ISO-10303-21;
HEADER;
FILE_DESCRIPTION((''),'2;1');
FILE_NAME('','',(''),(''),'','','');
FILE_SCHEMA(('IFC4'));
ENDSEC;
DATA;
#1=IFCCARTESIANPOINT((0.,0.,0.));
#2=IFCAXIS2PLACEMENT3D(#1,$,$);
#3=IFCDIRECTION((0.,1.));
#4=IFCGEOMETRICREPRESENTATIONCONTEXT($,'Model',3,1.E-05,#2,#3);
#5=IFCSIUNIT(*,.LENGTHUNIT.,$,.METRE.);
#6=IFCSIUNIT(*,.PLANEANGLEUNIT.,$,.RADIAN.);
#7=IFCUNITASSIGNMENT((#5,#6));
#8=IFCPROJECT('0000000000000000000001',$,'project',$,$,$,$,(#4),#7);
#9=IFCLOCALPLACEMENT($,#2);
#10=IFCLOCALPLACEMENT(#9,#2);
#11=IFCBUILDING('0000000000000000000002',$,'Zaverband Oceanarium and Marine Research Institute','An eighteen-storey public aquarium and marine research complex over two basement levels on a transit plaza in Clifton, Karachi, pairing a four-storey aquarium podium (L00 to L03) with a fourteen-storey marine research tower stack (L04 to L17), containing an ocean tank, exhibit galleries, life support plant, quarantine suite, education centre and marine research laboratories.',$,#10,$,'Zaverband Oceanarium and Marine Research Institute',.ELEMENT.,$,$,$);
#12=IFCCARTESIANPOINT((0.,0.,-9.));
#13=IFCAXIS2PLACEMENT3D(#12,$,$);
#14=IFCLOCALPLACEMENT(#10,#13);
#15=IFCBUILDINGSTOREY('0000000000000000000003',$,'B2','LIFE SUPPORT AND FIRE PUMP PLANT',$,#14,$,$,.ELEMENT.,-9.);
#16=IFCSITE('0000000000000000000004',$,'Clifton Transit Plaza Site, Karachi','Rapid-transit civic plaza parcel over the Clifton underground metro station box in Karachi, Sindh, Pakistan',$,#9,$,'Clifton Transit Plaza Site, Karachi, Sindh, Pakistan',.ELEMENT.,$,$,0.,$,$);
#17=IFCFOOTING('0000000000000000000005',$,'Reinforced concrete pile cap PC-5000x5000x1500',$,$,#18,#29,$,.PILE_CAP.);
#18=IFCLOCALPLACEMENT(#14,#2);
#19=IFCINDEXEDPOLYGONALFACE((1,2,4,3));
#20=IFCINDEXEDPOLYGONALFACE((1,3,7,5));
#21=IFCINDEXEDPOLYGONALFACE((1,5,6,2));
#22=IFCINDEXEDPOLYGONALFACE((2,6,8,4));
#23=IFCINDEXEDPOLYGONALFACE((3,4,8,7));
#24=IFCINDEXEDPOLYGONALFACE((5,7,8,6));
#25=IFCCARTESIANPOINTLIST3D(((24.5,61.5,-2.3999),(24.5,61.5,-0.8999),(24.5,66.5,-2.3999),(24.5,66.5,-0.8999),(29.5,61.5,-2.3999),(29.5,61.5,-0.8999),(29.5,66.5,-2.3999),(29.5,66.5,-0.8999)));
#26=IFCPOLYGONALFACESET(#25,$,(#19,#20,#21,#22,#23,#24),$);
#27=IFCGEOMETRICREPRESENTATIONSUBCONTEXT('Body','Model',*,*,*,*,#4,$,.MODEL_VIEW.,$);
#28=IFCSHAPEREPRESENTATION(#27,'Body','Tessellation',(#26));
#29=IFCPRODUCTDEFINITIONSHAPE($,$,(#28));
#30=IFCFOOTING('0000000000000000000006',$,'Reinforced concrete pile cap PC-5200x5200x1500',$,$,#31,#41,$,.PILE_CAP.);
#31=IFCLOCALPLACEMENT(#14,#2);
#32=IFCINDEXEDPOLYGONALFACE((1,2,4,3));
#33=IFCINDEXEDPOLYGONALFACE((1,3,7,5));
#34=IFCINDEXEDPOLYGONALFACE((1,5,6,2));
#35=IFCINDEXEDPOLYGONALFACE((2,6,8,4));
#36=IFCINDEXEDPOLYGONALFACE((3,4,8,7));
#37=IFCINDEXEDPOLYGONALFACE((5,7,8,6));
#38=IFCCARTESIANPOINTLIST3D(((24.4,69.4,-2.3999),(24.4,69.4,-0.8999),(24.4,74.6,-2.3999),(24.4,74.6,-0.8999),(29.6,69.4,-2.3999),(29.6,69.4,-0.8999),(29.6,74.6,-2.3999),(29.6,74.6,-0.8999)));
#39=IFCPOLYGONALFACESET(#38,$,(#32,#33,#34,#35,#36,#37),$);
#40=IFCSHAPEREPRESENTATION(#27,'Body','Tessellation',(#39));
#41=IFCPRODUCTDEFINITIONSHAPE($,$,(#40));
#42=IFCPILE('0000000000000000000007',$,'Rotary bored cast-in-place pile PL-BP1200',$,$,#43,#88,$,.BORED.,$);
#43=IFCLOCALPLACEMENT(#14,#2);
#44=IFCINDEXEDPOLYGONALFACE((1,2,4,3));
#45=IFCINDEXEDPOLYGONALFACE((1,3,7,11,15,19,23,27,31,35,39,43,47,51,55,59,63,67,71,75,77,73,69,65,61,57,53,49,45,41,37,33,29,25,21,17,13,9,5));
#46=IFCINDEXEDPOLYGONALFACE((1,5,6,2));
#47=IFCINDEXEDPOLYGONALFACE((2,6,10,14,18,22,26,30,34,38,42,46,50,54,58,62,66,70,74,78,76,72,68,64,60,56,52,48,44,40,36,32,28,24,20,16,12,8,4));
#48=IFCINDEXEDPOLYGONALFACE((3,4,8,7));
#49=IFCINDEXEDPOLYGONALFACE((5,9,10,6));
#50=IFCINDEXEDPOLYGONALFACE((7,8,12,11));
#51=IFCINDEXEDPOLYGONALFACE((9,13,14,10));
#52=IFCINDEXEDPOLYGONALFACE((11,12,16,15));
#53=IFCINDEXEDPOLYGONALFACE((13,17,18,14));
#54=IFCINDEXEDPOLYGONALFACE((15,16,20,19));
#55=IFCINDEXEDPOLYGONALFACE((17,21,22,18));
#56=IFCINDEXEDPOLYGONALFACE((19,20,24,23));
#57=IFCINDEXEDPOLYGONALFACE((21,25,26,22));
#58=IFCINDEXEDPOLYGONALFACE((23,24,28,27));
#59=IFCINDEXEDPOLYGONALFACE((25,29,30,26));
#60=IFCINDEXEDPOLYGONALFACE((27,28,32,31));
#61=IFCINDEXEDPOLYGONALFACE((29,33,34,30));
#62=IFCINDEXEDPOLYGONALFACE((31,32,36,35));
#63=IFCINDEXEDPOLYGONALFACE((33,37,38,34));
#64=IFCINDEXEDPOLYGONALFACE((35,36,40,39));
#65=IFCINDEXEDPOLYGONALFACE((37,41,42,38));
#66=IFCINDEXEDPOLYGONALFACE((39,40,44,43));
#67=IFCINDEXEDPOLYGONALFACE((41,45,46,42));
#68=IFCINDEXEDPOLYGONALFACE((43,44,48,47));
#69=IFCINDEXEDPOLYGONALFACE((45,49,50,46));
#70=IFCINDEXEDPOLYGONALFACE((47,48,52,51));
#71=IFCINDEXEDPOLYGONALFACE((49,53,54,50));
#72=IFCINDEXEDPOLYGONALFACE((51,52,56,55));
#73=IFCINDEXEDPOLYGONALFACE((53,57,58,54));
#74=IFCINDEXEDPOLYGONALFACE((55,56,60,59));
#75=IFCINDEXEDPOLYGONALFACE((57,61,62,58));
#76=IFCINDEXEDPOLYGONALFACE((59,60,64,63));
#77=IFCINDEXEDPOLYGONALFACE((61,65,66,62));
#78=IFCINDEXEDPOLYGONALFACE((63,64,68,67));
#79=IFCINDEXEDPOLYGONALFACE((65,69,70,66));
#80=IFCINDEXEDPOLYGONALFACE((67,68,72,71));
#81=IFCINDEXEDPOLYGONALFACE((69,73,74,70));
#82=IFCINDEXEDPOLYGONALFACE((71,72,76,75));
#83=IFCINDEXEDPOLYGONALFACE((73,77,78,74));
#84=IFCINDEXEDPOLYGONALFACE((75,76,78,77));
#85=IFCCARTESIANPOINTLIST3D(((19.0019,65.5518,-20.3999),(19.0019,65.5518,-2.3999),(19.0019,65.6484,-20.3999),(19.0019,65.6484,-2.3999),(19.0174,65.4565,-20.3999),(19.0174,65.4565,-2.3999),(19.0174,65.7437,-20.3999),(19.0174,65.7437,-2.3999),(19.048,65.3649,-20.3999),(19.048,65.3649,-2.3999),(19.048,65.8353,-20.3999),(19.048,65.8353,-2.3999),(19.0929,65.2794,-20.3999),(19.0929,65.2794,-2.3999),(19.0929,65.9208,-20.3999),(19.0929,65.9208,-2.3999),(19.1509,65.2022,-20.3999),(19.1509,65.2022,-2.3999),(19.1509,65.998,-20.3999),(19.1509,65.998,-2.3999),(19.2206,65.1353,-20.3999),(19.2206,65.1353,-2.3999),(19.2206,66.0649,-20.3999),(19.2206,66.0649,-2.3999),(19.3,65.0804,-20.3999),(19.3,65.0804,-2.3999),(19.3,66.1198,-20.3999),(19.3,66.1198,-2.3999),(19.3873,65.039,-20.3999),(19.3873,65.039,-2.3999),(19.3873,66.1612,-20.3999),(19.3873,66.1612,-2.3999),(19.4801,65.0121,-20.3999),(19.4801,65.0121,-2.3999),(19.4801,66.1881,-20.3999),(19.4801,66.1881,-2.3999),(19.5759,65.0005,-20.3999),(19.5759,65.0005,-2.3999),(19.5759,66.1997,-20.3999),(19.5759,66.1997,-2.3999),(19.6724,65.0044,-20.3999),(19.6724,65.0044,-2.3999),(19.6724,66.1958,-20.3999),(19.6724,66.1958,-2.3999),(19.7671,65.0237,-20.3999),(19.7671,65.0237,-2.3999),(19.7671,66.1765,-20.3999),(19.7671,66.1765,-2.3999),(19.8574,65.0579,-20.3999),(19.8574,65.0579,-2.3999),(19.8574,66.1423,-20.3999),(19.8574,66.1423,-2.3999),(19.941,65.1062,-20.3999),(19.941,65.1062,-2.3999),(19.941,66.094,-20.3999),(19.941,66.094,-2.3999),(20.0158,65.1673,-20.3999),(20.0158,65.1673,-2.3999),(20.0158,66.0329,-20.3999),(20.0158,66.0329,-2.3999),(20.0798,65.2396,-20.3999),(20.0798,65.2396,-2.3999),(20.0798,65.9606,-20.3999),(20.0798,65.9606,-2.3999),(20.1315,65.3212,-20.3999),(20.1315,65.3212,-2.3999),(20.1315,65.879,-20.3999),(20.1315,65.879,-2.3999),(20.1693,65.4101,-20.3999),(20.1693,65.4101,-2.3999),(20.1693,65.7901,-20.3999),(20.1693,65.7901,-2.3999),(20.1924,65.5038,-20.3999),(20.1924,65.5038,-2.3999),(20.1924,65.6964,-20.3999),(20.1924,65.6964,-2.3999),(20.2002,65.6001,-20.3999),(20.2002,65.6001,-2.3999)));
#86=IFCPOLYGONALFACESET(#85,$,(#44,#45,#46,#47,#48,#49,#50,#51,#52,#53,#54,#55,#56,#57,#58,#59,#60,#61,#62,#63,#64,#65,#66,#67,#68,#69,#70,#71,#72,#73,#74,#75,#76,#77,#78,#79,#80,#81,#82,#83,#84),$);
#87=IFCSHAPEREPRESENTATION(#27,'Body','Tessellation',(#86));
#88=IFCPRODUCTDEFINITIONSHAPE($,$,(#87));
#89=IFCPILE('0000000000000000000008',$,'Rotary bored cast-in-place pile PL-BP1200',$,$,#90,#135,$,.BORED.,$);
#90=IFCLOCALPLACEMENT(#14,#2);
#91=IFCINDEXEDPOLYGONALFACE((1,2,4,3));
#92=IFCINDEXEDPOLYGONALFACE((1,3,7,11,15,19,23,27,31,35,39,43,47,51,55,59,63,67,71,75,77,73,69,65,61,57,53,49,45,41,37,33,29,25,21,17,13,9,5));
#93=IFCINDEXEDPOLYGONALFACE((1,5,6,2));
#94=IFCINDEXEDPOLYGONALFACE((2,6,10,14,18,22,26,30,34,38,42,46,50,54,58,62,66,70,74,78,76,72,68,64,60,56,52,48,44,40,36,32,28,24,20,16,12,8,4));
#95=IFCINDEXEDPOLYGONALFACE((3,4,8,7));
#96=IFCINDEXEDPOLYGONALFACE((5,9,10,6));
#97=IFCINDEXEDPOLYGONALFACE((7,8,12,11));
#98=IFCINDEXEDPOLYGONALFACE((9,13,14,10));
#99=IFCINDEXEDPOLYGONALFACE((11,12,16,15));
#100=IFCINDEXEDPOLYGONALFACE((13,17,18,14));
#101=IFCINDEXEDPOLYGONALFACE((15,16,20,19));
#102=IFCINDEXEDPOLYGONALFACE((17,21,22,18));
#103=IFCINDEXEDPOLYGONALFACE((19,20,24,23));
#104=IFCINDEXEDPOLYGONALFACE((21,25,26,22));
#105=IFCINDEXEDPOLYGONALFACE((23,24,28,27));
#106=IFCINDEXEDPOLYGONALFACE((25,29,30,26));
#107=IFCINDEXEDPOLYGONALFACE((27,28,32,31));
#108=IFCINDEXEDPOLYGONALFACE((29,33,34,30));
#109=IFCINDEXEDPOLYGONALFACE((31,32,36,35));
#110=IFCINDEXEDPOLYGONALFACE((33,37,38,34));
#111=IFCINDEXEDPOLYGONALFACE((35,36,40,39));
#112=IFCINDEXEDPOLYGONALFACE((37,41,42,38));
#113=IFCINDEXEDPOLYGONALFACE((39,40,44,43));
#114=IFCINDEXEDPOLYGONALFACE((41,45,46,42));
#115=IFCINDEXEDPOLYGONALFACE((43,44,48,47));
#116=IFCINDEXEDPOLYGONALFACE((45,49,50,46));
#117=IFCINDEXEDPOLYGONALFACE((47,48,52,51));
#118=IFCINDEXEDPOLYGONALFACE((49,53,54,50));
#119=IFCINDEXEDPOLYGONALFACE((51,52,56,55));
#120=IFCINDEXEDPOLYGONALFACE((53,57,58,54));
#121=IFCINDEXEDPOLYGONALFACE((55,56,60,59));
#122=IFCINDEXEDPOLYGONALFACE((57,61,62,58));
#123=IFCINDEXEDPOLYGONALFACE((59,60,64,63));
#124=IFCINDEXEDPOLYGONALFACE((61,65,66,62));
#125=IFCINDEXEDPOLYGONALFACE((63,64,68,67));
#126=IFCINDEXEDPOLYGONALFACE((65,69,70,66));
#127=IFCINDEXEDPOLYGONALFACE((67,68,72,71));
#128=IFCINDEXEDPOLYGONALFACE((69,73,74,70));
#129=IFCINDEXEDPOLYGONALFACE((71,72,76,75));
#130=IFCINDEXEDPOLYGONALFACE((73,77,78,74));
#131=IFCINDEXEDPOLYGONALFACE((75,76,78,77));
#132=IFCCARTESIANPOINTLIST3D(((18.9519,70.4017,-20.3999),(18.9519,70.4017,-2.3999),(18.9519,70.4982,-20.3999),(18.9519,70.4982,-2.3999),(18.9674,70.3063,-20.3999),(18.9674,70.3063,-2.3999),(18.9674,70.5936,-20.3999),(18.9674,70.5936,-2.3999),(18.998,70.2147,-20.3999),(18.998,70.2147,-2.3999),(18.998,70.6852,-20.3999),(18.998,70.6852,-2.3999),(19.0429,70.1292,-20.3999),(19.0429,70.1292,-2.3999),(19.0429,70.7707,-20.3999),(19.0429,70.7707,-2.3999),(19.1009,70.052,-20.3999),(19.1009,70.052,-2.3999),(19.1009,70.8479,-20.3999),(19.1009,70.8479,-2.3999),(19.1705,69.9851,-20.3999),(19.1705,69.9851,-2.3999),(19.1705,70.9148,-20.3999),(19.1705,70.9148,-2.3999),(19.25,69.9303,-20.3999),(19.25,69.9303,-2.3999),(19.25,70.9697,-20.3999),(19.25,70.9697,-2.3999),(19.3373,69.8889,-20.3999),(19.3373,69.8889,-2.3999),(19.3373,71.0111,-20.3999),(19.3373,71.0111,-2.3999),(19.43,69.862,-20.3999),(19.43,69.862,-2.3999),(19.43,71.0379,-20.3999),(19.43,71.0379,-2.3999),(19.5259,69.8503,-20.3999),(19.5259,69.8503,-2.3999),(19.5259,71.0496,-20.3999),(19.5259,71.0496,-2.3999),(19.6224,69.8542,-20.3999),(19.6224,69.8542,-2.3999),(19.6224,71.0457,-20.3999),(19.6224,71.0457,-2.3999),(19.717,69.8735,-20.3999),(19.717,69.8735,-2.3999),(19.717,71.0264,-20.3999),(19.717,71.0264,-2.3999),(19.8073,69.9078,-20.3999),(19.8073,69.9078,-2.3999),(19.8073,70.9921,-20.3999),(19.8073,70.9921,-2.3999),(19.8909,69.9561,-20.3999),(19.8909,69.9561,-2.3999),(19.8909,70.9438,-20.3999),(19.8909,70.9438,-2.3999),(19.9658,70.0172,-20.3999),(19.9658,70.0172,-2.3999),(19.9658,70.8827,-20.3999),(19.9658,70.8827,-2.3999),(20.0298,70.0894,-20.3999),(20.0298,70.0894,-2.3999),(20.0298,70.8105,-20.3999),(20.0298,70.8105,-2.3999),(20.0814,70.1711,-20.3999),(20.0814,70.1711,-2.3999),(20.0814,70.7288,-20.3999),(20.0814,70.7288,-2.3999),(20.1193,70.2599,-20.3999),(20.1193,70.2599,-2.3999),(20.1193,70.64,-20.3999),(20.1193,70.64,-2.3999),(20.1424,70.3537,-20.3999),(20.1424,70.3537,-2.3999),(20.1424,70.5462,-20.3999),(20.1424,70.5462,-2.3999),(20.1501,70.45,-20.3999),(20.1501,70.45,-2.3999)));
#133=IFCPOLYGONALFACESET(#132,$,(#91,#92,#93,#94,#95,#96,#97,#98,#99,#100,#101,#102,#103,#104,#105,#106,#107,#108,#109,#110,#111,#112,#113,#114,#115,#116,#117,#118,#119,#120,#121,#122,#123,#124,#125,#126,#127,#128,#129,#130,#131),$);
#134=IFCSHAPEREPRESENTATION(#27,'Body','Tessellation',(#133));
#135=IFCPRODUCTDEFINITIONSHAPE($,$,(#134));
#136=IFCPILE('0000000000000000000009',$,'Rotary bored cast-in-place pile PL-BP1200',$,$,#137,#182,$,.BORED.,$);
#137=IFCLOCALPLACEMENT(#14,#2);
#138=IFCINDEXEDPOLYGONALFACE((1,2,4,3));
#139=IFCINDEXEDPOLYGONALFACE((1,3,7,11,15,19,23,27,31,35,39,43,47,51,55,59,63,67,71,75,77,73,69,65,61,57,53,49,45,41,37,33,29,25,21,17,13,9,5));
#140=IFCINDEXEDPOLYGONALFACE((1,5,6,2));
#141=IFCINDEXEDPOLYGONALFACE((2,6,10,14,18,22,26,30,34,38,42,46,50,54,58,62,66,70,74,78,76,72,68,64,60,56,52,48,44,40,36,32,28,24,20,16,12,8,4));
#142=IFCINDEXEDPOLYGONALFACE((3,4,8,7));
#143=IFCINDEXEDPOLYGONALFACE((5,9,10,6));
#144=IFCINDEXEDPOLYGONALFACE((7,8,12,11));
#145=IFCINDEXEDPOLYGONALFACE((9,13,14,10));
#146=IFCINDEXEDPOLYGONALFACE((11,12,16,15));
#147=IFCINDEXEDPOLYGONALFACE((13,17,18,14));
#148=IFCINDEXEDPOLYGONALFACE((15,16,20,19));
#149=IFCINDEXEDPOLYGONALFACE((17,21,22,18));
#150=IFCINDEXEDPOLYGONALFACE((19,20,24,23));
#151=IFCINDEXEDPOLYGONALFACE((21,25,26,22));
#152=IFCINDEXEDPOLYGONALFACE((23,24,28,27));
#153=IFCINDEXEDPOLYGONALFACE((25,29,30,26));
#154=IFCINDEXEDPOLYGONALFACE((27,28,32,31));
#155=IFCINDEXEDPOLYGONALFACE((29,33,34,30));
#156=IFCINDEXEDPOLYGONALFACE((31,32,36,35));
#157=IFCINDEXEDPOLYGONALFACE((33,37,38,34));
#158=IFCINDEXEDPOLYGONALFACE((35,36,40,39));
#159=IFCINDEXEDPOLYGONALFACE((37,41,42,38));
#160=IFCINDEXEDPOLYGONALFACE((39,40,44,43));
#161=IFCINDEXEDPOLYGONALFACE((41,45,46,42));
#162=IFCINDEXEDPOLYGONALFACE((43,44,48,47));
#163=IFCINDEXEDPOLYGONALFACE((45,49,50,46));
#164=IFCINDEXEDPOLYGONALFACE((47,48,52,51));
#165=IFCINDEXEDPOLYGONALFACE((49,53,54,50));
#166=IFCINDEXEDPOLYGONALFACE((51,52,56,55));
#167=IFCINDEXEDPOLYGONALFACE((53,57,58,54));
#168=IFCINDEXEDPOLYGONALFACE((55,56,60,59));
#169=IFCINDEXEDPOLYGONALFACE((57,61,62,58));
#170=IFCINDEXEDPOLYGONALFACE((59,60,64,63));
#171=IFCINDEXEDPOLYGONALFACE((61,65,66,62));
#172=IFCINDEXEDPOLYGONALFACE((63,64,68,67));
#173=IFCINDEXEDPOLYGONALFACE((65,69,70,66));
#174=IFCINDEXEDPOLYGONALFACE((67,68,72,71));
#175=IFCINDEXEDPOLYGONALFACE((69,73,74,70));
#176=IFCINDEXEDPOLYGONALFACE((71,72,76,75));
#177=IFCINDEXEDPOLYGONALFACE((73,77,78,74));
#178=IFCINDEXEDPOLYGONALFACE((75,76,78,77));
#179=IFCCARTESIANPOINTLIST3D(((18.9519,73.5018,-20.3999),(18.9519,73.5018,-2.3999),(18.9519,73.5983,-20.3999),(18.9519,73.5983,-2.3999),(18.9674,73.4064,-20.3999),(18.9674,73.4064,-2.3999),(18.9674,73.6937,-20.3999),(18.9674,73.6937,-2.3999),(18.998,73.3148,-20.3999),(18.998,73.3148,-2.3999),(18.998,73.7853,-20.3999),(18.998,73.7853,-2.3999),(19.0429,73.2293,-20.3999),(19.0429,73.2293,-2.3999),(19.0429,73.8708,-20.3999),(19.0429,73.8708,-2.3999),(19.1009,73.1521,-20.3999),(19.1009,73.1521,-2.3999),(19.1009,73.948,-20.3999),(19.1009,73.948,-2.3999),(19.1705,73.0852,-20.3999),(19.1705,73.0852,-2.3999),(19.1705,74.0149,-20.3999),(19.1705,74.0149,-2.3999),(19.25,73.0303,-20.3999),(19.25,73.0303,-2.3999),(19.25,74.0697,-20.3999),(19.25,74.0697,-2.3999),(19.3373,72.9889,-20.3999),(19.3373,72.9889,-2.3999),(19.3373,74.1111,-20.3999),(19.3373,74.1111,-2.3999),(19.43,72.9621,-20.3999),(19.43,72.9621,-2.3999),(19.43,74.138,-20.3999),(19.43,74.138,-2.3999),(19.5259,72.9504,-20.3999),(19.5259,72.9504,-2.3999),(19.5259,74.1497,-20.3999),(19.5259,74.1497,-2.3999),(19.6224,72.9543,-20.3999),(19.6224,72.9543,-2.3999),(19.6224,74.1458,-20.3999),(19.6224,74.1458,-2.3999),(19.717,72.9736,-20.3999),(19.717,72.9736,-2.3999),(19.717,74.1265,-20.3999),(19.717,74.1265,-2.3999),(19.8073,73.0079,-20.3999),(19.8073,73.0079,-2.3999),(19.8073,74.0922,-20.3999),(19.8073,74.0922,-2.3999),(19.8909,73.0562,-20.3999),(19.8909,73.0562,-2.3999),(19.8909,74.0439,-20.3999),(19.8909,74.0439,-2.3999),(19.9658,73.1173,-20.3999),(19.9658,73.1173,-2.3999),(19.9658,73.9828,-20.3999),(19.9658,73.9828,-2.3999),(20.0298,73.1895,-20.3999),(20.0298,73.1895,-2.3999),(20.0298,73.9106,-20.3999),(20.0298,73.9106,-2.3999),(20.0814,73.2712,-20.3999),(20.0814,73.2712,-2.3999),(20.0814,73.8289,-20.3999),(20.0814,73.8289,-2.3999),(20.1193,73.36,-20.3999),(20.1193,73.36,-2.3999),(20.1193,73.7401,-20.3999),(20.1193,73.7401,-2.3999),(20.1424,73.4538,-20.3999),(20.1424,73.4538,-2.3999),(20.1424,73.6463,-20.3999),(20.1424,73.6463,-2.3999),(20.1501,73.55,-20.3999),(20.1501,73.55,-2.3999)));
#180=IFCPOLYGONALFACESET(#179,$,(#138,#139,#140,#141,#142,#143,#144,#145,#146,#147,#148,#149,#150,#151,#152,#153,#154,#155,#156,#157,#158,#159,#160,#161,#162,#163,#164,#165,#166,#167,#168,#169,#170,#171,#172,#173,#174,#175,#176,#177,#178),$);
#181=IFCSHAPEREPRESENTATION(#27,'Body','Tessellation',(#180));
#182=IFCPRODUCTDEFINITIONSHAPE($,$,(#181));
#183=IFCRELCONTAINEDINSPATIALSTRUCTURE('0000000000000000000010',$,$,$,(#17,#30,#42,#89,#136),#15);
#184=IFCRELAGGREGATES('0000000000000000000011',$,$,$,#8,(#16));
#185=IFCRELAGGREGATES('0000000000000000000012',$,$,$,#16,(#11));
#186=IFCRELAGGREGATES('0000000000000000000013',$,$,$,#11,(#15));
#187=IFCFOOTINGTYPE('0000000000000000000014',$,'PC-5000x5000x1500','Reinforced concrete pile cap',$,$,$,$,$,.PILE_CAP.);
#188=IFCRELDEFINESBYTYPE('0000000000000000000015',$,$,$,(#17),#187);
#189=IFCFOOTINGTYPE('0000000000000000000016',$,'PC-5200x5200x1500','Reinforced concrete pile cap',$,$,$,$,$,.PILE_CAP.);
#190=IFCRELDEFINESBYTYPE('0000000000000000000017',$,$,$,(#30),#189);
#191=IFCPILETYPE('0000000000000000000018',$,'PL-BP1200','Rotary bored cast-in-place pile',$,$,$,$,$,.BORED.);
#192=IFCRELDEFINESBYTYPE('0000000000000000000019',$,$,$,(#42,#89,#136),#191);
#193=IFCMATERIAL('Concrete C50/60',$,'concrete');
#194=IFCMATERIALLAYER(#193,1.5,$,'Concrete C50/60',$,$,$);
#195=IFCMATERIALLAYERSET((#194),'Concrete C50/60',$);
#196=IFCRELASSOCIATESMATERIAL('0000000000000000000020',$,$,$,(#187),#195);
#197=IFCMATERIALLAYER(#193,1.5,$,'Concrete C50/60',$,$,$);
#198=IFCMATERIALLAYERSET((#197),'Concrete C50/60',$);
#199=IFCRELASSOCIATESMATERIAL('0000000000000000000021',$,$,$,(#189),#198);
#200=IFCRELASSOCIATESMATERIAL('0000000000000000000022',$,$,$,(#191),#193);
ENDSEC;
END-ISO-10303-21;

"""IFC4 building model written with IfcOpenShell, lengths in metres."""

from ifc_helpers import new_model, si_unit, direction, frame, origin, origin_2d, place, context, subcontext, project, spatial, rectangle, circle, extrude, material, layer, layer_set, material_profile, profile_set, type_object, element, save


model = new_model("IFC4")

# Units and contexts
model_context = context("Model", 3, precision=1e-05, world=origin(), true_north=direction((0.0, 1.0)))
body_context = subcontext(model_context, "Body", "Model", "MODEL_VIEW")
ifc_project = project(units=[si_unit("LENGTHUNIT", "METRE"), si_unit("PLANEANGLEUNIT", "RADIAN")], contexts=[model_context])

# Site, building, storey
site_placement = place(None, origin())
site = spatial("IfcSite", under=ifc_project, at=site_placement, Name="Clifton Transit Plaza Site, Karachi", Description="Rapid-transit civic plaza parcel over the Clifton underground metro station box in Karachi, Sindh, Pakistan", LongName="Clifton Transit Plaza Site, Karachi, Sindh, Pakistan", CompositionType="ELEMENT", RefElevation=0.0)
building_placement = place(site_placement, origin())
building = spatial("IfcBuilding", under=site, at=building_placement, Name="Zaverband Oceanarium and Marine Research Institute", Description="An eighteen-storey public aquarium and marine research complex over two basement levels on a transit plaza in Clifton, Karachi, pairing a four-storey aquarium podium (L00 to L03) with a fourteen-storey marine research tower stack (L04 to L17), containing an ocean tank, exhibit galleries, life support plant, quarantine suite, education centre and marine research laboratories.", LongName="Zaverband Oceanarium and Marine Research Institute", CompositionType="ELEMENT")
storey_placement = place(building_placement, frame((0.0, 0.0, -9.0)))
storey = spatial("IfcBuildingStorey", under=building, at=storey_placement, Name="B2", Description="LIFE SUPPORT AND FIRE PUMP PLANT", CompositionType="ELEMENT", Elevation=-9.0)

# Footings
ifc_material_1 = material(Name="Concrete C50/60", Category="concrete")
ifc_layer_1 = layer(ifc_material_1, 1.5, Name="Concrete C50/60")
ifc_layer_set_1 = layer_set([ifc_layer_1], Name="Concrete C50/60")
footing_type_1 = type_object("IfcFootingType", Name="PC-5000x5000x1500", Description="Reinforced concrete pile cap", PredefinedType="PILE_CAP", material=ifc_layer_set_1)
footing_1_placement = place(storey_placement, frame((27.0, 64.0, -2.3999), z_axis=(0.0, 0.0, 1.0), x_axis=(1.0, 0.0, 0.0)))
element("IfcFooting", 1, at=footing_1_placement, inside=storey, type_object=footing_type_1, Name="Reinforced concrete pile cap PC-5000x5000x1500", PredefinedType="PILE_CAP", context=body_context, shape_type="SweptSolid", body=[
    extrude(rectangle(XDim=5.0, YDim=5.0, at=origin_2d()), origin(), (0.0, 0.0, 1.0), 1.5),
])
ifc_layer_2 = layer(ifc_material_1, 1.5, Name="Concrete C50/60")
ifc_layer_set_2 = layer_set([ifc_layer_2], Name="Concrete C50/60")
footing_type_2 = type_object("IfcFootingType", Name="PC-5200x5200x1500", Description="Reinforced concrete pile cap", PredefinedType="PILE_CAP", material=ifc_layer_set_2)
footing_2_placement = place(storey_placement, frame((27.0, 72.0, -2.3999), z_axis=(0.0, 0.0, 1.0), x_axis=(1.0, 0.0, 0.0)))
element("IfcFooting", 2, at=footing_2_placement, inside=storey, type_object=footing_type_2, Name="Reinforced concrete pile cap PC-5200x5200x1500", PredefinedType="PILE_CAP", context=body_context, shape_type="SweptSolid", body=[
    extrude(rectangle(XDim=5.2, YDim=5.2, at=origin_2d()), origin(), (0.0, 0.0, 1.0), 1.5),
])

# Piles
ifc_material_profile_1 = material_profile(ifc_material_1, circle(Radius=0.6001, at=origin_2d()), Name="BP1200")
ifc_profile_set_1 = profile_set([ifc_material_profile_1], Name="Concrete C50/60")
pile_type = type_object("IfcPileType", Name="PL-BP1200", Description="Rotary bored cast-in-place pile", PredefinedType="BORED", material=ifc_profile_set_1)
for number, where, z_axis, x_axis, name in (
    (3, (19.6001, 65.6001, -2.3999), (0.0, 0.0, -1.0), (1.0, 0.0, 0.0), "Rotary bored cast-in-place pile PL-BP1200"),
    (4, (19.55, 70.45, -2.3999), (0.0, 0.0, -1.0), (1.0, 0.0, 0.0), "Rotary bored cast-in-place pile PL-BP1200"),
    (5, (19.55, 73.55, -2.3999), (0.0, 0.0, -1.0), (1.0, 0.0, 0.0), "Rotary bored cast-in-place pile PL-BP1200"),
):
    element("IfcPile", number, at=place(storey_placement, frame(where, z_axis=z_axis, x_axis=x_axis)), inside=storey, type_object=pile_type, Name=name, PredefinedType="BORED", context=body_context, shape_type="SweptSolid", body=[
        extrude(circle(Radius=0.6001, at=origin_2d()), origin(), (0.0, 0.0, 1.0), 18.0),
    ])

save(model, "model.ifc")
